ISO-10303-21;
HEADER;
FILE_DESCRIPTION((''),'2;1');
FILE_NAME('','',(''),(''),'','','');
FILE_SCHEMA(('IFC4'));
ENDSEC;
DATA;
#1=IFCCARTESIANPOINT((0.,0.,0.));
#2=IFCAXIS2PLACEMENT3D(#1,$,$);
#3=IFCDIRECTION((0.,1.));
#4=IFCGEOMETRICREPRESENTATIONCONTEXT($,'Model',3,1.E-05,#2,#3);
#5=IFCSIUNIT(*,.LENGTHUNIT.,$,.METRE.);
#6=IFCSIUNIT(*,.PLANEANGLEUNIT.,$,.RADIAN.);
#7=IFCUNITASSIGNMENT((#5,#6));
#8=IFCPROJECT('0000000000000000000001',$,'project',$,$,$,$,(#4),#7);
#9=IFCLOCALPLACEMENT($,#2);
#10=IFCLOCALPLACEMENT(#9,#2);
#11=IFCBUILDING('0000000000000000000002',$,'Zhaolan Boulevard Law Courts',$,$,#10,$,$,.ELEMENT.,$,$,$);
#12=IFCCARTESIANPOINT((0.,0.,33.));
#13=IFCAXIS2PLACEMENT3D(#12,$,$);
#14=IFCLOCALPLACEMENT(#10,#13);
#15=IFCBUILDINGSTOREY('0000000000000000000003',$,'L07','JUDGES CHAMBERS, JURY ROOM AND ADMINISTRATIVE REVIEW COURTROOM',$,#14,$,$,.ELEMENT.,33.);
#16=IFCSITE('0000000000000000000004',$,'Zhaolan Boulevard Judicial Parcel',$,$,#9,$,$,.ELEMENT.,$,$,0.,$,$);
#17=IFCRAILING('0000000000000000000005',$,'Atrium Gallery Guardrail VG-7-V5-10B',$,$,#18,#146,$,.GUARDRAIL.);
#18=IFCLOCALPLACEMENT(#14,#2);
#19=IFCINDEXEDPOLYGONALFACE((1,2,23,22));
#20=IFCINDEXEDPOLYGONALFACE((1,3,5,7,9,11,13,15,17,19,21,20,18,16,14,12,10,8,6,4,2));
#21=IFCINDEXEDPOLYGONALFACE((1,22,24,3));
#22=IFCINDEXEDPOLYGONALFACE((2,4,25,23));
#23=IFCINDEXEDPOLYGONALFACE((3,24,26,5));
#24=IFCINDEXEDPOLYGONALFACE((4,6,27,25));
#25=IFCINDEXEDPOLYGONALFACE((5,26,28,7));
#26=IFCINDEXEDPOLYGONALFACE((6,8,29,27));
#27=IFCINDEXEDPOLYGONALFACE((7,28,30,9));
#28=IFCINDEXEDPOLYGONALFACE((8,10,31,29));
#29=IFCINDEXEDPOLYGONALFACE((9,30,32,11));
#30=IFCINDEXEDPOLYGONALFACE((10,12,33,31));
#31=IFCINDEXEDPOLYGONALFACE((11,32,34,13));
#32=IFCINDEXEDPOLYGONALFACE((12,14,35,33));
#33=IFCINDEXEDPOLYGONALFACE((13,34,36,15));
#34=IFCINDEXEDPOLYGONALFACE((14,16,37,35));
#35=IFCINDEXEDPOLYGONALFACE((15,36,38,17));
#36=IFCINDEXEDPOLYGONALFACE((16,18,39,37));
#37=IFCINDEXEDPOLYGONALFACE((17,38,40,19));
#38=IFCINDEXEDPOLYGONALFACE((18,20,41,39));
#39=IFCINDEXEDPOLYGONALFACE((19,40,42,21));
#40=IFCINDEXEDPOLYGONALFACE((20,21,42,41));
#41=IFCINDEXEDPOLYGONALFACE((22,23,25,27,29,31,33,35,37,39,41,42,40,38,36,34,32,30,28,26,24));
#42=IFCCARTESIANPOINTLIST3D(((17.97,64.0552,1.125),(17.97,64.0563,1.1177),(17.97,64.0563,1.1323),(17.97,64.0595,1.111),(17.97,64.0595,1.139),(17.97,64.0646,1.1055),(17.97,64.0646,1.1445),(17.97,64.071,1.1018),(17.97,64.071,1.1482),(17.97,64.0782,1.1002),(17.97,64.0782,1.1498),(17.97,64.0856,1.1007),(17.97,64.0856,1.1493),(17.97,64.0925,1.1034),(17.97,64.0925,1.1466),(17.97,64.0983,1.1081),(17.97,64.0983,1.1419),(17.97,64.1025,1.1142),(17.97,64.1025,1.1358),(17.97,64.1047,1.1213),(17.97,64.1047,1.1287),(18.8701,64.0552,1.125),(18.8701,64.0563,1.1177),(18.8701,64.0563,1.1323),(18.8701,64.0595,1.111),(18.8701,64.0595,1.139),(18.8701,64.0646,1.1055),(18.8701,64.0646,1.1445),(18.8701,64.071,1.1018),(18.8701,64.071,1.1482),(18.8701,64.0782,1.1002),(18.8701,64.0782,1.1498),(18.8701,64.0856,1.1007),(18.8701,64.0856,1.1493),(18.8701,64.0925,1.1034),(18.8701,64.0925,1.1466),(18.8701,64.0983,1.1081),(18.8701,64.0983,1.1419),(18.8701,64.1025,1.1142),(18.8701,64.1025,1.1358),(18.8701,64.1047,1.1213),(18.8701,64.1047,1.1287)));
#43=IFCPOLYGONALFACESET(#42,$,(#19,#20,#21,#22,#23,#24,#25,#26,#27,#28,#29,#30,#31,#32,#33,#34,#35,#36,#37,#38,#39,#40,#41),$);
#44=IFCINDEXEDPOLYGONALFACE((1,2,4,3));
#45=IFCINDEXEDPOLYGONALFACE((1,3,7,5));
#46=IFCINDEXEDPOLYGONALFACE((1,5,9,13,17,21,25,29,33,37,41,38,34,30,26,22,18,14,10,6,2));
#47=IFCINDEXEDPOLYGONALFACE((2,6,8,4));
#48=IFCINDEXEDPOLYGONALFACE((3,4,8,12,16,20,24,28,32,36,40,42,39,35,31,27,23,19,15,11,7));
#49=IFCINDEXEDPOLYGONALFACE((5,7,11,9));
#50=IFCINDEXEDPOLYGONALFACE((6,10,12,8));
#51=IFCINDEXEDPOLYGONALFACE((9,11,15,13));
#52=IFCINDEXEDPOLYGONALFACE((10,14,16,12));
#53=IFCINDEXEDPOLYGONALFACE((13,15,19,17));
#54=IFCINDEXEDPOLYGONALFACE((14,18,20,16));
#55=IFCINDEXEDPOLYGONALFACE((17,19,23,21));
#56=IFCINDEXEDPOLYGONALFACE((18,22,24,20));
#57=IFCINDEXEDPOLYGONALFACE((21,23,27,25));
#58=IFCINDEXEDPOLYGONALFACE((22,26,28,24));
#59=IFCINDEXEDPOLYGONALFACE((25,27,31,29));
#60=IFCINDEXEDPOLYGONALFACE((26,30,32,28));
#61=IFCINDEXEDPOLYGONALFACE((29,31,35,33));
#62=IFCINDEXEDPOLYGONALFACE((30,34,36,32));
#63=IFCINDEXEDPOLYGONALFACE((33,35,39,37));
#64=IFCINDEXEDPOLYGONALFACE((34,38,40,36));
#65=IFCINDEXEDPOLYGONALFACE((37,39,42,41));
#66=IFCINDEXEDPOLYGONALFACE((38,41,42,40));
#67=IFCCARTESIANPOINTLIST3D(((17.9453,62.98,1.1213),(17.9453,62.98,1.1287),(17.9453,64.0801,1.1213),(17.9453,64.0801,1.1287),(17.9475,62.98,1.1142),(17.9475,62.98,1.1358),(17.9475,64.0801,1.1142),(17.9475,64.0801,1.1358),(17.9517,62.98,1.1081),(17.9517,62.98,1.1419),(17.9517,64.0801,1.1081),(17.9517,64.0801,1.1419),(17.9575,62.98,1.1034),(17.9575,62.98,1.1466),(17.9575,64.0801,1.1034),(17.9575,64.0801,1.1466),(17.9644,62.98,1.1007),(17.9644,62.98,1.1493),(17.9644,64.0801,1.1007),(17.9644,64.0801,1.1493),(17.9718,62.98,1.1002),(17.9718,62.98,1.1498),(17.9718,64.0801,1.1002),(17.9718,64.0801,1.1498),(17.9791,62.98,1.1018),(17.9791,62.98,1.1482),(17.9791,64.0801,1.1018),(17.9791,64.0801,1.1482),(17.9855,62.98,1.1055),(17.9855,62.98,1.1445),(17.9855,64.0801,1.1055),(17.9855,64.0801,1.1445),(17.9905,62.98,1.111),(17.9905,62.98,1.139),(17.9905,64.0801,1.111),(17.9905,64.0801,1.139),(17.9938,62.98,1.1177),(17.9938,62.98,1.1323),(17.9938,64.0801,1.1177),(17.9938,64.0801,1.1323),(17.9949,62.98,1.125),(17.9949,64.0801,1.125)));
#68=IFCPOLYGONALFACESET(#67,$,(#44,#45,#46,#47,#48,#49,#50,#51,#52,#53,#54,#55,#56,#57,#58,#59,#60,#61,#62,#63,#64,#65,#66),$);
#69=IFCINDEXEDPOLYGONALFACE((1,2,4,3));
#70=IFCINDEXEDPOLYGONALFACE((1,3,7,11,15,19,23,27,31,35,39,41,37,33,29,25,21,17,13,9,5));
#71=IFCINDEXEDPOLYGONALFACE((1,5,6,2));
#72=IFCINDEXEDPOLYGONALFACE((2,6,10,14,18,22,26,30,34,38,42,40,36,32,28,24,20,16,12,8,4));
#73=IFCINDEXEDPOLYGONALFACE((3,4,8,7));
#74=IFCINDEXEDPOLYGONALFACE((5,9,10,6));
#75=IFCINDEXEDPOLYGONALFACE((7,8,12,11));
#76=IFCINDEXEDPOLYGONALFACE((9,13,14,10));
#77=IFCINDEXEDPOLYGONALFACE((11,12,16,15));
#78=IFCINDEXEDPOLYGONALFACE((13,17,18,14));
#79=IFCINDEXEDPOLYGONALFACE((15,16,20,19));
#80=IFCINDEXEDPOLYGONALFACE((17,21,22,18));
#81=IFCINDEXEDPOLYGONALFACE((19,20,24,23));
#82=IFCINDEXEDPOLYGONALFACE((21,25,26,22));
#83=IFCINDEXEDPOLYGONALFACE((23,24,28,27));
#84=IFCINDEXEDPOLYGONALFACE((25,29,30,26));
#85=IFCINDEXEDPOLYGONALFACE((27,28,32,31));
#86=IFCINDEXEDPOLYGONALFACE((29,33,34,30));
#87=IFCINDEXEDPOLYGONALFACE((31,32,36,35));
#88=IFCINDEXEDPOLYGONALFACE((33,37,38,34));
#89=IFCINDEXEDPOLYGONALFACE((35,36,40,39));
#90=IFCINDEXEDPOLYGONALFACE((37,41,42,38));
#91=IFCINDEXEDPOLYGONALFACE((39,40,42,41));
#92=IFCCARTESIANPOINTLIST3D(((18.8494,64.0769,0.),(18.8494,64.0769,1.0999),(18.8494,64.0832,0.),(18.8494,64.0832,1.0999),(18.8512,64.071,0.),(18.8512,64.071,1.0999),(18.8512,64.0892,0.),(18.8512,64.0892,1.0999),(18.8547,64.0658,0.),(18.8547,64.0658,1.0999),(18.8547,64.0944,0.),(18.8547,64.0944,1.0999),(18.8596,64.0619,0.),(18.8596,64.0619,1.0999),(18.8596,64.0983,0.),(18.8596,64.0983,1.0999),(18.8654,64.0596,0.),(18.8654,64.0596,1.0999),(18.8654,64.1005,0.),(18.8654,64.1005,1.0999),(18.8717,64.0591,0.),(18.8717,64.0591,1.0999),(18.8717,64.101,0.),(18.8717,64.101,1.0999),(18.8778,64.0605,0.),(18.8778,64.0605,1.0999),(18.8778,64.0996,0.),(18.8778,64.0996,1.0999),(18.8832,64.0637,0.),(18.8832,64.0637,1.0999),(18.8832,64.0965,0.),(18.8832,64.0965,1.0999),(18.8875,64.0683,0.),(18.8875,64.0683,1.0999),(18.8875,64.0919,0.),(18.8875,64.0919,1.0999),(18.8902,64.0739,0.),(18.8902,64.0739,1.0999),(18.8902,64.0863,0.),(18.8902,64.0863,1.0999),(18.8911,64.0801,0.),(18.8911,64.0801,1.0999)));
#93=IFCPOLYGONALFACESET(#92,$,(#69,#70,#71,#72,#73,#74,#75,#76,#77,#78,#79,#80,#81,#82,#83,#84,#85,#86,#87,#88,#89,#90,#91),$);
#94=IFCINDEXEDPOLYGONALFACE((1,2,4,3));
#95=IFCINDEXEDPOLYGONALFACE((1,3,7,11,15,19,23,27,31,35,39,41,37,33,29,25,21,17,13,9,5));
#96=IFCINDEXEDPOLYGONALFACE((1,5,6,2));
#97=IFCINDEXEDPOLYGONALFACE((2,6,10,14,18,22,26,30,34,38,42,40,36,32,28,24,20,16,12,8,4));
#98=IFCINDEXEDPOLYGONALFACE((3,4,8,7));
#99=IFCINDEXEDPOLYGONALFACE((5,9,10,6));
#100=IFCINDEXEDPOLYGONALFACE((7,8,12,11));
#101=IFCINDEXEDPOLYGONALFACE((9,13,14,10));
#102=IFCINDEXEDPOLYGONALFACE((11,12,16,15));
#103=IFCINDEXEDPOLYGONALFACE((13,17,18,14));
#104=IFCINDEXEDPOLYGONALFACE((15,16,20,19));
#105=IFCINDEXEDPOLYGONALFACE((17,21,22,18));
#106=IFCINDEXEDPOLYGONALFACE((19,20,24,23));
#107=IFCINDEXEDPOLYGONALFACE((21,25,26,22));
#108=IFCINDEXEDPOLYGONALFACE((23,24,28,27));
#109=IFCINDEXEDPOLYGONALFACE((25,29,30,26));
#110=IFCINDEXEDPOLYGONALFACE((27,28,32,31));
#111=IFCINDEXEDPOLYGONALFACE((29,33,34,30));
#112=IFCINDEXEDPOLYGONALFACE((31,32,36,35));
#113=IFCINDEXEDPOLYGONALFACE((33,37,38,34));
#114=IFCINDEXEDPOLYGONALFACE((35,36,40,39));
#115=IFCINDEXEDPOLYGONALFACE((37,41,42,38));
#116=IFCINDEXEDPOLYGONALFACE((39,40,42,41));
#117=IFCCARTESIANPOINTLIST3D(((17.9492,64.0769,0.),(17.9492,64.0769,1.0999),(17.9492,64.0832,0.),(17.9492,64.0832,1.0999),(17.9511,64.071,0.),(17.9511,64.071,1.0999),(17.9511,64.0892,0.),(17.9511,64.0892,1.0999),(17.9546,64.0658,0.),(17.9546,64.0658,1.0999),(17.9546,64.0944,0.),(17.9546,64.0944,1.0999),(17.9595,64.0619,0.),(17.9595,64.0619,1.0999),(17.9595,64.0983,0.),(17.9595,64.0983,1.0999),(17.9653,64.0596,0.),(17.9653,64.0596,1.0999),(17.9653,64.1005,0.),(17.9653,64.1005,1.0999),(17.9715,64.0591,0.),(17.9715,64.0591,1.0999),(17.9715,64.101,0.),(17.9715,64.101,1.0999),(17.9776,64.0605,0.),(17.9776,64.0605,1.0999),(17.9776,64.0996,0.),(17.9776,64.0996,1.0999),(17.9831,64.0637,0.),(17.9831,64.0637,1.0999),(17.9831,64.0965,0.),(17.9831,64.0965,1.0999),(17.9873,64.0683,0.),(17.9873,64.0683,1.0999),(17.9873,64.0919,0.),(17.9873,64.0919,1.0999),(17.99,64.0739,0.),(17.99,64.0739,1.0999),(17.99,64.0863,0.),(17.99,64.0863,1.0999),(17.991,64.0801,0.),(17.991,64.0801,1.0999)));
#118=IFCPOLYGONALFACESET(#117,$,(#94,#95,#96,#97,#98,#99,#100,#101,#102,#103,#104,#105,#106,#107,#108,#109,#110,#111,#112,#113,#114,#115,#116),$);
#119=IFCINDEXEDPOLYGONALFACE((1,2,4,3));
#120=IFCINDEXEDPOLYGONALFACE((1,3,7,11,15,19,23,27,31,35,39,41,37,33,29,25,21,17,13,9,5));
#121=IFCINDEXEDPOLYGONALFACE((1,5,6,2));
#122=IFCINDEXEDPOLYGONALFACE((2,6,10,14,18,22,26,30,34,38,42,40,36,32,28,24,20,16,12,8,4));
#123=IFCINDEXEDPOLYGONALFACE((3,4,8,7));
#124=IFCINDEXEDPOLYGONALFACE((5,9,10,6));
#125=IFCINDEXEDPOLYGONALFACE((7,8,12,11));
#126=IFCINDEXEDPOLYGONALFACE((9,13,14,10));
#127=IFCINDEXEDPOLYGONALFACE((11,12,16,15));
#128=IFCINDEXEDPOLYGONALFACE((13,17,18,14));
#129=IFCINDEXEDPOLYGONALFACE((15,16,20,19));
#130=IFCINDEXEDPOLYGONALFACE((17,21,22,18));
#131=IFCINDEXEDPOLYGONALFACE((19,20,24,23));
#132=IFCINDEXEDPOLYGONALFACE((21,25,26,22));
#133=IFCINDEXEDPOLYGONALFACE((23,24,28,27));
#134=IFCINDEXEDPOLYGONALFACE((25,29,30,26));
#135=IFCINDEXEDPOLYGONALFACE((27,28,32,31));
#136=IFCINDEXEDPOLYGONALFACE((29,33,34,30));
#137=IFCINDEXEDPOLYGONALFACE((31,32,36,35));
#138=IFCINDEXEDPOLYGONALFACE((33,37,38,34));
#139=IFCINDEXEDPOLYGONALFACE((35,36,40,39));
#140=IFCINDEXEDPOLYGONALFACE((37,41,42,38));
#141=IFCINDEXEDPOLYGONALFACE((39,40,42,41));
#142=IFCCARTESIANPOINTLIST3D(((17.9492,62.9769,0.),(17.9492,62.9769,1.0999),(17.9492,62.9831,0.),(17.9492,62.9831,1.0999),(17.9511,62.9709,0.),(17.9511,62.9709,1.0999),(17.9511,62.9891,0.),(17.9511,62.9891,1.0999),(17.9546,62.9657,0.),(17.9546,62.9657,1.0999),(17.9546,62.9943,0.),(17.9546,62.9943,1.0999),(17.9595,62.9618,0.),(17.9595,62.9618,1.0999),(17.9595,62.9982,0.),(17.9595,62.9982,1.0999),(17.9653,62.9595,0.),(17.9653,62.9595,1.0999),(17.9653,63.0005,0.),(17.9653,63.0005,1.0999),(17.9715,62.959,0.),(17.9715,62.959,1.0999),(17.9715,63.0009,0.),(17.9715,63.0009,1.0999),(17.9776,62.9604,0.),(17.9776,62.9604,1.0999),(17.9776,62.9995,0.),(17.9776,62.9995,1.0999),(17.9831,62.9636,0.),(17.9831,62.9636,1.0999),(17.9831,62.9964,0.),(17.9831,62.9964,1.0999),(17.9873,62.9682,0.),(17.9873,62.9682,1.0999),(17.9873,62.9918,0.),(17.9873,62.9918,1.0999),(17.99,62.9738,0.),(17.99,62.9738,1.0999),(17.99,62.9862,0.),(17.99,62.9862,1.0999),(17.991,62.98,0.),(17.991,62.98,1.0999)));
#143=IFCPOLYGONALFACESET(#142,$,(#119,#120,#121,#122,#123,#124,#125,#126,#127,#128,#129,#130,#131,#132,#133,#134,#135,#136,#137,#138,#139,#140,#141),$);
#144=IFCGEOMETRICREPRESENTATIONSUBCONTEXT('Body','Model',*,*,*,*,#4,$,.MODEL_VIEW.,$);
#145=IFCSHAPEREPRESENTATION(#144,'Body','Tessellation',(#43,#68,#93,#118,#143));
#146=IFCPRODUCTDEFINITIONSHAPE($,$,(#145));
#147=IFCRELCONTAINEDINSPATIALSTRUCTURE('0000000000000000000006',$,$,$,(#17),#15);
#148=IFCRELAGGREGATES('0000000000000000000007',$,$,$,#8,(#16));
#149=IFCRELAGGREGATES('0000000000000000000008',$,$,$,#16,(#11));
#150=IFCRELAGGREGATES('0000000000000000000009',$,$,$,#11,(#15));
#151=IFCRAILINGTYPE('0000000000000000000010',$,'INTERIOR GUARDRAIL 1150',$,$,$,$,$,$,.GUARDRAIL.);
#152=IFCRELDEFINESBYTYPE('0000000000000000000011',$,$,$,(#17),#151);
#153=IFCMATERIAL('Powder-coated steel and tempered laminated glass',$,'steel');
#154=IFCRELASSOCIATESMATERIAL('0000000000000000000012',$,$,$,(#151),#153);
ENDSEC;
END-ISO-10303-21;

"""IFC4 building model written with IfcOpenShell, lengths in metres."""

from ifc_helpers import new_model, si_unit, direction, frame, origin, origin_2d, place, context, subcontext, project, spatial, circle, extrude, material, type_object, element, save


model = new_model("IFC4")

# Units and contexts
model_context = context("Model", 3, precision=1e-05, world=origin(), true_north=direction((0.0, 1.0)))
body_context = subcontext(model_context, "Body", "Model", "MODEL_VIEW")
ifc_project = project(units=[si_unit("LENGTHUNIT", "METRE"), si_unit("PLANEANGLEUNIT", "RADIAN")], contexts=[model_context])

# Site, building, storey
site_placement = place(None, origin())
site = spatial("IfcSite", under=ifc_project, at=site_placement, Name="Zhaolan Boulevard Judicial Parcel", CompositionType="ELEMENT", RefElevation=0.0)
building_placement = place(site_placement, origin())
building = spatial("IfcBuilding", under=site, at=building_placement, Name="Zhaolan Boulevard Law Courts", CompositionType="ELEMENT")
storey_placement = place(building_placement, frame((0.0, 0.0, 33.0)))
storey = spatial("IfcBuildingStorey", under=building, at=storey_placement, Name="L07", Description="JUDGES CHAMBERS, JURY ROOM AND ADMINISTRATIVE REVIEW COURTROOM", CompositionType="ELEMENT", Elevation=33.0)

# Railing
ifc_material_1 = material(Name="Powder-coated steel and tempered laminated glass", Category="steel")
railing_type_1 = type_object("IfcRailingType", Name="INTERIOR GUARDRAIL 1150", PredefinedType="GUARDRAIL", material=ifc_material_1)
railing_1_placement = place(storey_placement, frame((18.8701, 64.0801, 0.0)))
element("IfcRailing", 1, at=railing_1_placement, inside=storey, type_object=railing_type_1, Name="Atrium Gallery Guardrail VG-7-V5-10B", PredefinedType="GUARDRAIL", context=body_context, shape_type="SweptSolid", body=[
    extrude(circle(Radius=0.0249, at=origin_2d()), frame((0.0, 0.0, 1.125), z_axis=(-1.0, 0.0, 0.0), x_axis=(0.0, -1.0, 0.0)), (0.0, 0.0, 1.0), 0.9001),
    extrude(circle(Radius=0.0249, at=origin_2d()), frame((-0.9001, 0.0, 1.125), z_axis=(0.0, -1.0, 0.0), x_axis=(1.0, 0.0, 0.0)), (0.0, 0.0, 1.0), 1.1001),
    extrude(circle(Radius=0.021, at=origin_2d()), origin(), (0.0, 0.0, 1.0), 1.0999),
    extrude(circle(Radius=0.021, at=origin_2d()), frame((-0.9001, 0.0, 0.0)), (0.0, 0.0, 1.0), 1.0999),
    extrude(circle(Radius=0.021, at=origin_2d()), frame((-0.9001, -1.1001, 0.0)), (0.0, 0.0, 1.0), 1.0999),
])

save(model, "model.ifc")
